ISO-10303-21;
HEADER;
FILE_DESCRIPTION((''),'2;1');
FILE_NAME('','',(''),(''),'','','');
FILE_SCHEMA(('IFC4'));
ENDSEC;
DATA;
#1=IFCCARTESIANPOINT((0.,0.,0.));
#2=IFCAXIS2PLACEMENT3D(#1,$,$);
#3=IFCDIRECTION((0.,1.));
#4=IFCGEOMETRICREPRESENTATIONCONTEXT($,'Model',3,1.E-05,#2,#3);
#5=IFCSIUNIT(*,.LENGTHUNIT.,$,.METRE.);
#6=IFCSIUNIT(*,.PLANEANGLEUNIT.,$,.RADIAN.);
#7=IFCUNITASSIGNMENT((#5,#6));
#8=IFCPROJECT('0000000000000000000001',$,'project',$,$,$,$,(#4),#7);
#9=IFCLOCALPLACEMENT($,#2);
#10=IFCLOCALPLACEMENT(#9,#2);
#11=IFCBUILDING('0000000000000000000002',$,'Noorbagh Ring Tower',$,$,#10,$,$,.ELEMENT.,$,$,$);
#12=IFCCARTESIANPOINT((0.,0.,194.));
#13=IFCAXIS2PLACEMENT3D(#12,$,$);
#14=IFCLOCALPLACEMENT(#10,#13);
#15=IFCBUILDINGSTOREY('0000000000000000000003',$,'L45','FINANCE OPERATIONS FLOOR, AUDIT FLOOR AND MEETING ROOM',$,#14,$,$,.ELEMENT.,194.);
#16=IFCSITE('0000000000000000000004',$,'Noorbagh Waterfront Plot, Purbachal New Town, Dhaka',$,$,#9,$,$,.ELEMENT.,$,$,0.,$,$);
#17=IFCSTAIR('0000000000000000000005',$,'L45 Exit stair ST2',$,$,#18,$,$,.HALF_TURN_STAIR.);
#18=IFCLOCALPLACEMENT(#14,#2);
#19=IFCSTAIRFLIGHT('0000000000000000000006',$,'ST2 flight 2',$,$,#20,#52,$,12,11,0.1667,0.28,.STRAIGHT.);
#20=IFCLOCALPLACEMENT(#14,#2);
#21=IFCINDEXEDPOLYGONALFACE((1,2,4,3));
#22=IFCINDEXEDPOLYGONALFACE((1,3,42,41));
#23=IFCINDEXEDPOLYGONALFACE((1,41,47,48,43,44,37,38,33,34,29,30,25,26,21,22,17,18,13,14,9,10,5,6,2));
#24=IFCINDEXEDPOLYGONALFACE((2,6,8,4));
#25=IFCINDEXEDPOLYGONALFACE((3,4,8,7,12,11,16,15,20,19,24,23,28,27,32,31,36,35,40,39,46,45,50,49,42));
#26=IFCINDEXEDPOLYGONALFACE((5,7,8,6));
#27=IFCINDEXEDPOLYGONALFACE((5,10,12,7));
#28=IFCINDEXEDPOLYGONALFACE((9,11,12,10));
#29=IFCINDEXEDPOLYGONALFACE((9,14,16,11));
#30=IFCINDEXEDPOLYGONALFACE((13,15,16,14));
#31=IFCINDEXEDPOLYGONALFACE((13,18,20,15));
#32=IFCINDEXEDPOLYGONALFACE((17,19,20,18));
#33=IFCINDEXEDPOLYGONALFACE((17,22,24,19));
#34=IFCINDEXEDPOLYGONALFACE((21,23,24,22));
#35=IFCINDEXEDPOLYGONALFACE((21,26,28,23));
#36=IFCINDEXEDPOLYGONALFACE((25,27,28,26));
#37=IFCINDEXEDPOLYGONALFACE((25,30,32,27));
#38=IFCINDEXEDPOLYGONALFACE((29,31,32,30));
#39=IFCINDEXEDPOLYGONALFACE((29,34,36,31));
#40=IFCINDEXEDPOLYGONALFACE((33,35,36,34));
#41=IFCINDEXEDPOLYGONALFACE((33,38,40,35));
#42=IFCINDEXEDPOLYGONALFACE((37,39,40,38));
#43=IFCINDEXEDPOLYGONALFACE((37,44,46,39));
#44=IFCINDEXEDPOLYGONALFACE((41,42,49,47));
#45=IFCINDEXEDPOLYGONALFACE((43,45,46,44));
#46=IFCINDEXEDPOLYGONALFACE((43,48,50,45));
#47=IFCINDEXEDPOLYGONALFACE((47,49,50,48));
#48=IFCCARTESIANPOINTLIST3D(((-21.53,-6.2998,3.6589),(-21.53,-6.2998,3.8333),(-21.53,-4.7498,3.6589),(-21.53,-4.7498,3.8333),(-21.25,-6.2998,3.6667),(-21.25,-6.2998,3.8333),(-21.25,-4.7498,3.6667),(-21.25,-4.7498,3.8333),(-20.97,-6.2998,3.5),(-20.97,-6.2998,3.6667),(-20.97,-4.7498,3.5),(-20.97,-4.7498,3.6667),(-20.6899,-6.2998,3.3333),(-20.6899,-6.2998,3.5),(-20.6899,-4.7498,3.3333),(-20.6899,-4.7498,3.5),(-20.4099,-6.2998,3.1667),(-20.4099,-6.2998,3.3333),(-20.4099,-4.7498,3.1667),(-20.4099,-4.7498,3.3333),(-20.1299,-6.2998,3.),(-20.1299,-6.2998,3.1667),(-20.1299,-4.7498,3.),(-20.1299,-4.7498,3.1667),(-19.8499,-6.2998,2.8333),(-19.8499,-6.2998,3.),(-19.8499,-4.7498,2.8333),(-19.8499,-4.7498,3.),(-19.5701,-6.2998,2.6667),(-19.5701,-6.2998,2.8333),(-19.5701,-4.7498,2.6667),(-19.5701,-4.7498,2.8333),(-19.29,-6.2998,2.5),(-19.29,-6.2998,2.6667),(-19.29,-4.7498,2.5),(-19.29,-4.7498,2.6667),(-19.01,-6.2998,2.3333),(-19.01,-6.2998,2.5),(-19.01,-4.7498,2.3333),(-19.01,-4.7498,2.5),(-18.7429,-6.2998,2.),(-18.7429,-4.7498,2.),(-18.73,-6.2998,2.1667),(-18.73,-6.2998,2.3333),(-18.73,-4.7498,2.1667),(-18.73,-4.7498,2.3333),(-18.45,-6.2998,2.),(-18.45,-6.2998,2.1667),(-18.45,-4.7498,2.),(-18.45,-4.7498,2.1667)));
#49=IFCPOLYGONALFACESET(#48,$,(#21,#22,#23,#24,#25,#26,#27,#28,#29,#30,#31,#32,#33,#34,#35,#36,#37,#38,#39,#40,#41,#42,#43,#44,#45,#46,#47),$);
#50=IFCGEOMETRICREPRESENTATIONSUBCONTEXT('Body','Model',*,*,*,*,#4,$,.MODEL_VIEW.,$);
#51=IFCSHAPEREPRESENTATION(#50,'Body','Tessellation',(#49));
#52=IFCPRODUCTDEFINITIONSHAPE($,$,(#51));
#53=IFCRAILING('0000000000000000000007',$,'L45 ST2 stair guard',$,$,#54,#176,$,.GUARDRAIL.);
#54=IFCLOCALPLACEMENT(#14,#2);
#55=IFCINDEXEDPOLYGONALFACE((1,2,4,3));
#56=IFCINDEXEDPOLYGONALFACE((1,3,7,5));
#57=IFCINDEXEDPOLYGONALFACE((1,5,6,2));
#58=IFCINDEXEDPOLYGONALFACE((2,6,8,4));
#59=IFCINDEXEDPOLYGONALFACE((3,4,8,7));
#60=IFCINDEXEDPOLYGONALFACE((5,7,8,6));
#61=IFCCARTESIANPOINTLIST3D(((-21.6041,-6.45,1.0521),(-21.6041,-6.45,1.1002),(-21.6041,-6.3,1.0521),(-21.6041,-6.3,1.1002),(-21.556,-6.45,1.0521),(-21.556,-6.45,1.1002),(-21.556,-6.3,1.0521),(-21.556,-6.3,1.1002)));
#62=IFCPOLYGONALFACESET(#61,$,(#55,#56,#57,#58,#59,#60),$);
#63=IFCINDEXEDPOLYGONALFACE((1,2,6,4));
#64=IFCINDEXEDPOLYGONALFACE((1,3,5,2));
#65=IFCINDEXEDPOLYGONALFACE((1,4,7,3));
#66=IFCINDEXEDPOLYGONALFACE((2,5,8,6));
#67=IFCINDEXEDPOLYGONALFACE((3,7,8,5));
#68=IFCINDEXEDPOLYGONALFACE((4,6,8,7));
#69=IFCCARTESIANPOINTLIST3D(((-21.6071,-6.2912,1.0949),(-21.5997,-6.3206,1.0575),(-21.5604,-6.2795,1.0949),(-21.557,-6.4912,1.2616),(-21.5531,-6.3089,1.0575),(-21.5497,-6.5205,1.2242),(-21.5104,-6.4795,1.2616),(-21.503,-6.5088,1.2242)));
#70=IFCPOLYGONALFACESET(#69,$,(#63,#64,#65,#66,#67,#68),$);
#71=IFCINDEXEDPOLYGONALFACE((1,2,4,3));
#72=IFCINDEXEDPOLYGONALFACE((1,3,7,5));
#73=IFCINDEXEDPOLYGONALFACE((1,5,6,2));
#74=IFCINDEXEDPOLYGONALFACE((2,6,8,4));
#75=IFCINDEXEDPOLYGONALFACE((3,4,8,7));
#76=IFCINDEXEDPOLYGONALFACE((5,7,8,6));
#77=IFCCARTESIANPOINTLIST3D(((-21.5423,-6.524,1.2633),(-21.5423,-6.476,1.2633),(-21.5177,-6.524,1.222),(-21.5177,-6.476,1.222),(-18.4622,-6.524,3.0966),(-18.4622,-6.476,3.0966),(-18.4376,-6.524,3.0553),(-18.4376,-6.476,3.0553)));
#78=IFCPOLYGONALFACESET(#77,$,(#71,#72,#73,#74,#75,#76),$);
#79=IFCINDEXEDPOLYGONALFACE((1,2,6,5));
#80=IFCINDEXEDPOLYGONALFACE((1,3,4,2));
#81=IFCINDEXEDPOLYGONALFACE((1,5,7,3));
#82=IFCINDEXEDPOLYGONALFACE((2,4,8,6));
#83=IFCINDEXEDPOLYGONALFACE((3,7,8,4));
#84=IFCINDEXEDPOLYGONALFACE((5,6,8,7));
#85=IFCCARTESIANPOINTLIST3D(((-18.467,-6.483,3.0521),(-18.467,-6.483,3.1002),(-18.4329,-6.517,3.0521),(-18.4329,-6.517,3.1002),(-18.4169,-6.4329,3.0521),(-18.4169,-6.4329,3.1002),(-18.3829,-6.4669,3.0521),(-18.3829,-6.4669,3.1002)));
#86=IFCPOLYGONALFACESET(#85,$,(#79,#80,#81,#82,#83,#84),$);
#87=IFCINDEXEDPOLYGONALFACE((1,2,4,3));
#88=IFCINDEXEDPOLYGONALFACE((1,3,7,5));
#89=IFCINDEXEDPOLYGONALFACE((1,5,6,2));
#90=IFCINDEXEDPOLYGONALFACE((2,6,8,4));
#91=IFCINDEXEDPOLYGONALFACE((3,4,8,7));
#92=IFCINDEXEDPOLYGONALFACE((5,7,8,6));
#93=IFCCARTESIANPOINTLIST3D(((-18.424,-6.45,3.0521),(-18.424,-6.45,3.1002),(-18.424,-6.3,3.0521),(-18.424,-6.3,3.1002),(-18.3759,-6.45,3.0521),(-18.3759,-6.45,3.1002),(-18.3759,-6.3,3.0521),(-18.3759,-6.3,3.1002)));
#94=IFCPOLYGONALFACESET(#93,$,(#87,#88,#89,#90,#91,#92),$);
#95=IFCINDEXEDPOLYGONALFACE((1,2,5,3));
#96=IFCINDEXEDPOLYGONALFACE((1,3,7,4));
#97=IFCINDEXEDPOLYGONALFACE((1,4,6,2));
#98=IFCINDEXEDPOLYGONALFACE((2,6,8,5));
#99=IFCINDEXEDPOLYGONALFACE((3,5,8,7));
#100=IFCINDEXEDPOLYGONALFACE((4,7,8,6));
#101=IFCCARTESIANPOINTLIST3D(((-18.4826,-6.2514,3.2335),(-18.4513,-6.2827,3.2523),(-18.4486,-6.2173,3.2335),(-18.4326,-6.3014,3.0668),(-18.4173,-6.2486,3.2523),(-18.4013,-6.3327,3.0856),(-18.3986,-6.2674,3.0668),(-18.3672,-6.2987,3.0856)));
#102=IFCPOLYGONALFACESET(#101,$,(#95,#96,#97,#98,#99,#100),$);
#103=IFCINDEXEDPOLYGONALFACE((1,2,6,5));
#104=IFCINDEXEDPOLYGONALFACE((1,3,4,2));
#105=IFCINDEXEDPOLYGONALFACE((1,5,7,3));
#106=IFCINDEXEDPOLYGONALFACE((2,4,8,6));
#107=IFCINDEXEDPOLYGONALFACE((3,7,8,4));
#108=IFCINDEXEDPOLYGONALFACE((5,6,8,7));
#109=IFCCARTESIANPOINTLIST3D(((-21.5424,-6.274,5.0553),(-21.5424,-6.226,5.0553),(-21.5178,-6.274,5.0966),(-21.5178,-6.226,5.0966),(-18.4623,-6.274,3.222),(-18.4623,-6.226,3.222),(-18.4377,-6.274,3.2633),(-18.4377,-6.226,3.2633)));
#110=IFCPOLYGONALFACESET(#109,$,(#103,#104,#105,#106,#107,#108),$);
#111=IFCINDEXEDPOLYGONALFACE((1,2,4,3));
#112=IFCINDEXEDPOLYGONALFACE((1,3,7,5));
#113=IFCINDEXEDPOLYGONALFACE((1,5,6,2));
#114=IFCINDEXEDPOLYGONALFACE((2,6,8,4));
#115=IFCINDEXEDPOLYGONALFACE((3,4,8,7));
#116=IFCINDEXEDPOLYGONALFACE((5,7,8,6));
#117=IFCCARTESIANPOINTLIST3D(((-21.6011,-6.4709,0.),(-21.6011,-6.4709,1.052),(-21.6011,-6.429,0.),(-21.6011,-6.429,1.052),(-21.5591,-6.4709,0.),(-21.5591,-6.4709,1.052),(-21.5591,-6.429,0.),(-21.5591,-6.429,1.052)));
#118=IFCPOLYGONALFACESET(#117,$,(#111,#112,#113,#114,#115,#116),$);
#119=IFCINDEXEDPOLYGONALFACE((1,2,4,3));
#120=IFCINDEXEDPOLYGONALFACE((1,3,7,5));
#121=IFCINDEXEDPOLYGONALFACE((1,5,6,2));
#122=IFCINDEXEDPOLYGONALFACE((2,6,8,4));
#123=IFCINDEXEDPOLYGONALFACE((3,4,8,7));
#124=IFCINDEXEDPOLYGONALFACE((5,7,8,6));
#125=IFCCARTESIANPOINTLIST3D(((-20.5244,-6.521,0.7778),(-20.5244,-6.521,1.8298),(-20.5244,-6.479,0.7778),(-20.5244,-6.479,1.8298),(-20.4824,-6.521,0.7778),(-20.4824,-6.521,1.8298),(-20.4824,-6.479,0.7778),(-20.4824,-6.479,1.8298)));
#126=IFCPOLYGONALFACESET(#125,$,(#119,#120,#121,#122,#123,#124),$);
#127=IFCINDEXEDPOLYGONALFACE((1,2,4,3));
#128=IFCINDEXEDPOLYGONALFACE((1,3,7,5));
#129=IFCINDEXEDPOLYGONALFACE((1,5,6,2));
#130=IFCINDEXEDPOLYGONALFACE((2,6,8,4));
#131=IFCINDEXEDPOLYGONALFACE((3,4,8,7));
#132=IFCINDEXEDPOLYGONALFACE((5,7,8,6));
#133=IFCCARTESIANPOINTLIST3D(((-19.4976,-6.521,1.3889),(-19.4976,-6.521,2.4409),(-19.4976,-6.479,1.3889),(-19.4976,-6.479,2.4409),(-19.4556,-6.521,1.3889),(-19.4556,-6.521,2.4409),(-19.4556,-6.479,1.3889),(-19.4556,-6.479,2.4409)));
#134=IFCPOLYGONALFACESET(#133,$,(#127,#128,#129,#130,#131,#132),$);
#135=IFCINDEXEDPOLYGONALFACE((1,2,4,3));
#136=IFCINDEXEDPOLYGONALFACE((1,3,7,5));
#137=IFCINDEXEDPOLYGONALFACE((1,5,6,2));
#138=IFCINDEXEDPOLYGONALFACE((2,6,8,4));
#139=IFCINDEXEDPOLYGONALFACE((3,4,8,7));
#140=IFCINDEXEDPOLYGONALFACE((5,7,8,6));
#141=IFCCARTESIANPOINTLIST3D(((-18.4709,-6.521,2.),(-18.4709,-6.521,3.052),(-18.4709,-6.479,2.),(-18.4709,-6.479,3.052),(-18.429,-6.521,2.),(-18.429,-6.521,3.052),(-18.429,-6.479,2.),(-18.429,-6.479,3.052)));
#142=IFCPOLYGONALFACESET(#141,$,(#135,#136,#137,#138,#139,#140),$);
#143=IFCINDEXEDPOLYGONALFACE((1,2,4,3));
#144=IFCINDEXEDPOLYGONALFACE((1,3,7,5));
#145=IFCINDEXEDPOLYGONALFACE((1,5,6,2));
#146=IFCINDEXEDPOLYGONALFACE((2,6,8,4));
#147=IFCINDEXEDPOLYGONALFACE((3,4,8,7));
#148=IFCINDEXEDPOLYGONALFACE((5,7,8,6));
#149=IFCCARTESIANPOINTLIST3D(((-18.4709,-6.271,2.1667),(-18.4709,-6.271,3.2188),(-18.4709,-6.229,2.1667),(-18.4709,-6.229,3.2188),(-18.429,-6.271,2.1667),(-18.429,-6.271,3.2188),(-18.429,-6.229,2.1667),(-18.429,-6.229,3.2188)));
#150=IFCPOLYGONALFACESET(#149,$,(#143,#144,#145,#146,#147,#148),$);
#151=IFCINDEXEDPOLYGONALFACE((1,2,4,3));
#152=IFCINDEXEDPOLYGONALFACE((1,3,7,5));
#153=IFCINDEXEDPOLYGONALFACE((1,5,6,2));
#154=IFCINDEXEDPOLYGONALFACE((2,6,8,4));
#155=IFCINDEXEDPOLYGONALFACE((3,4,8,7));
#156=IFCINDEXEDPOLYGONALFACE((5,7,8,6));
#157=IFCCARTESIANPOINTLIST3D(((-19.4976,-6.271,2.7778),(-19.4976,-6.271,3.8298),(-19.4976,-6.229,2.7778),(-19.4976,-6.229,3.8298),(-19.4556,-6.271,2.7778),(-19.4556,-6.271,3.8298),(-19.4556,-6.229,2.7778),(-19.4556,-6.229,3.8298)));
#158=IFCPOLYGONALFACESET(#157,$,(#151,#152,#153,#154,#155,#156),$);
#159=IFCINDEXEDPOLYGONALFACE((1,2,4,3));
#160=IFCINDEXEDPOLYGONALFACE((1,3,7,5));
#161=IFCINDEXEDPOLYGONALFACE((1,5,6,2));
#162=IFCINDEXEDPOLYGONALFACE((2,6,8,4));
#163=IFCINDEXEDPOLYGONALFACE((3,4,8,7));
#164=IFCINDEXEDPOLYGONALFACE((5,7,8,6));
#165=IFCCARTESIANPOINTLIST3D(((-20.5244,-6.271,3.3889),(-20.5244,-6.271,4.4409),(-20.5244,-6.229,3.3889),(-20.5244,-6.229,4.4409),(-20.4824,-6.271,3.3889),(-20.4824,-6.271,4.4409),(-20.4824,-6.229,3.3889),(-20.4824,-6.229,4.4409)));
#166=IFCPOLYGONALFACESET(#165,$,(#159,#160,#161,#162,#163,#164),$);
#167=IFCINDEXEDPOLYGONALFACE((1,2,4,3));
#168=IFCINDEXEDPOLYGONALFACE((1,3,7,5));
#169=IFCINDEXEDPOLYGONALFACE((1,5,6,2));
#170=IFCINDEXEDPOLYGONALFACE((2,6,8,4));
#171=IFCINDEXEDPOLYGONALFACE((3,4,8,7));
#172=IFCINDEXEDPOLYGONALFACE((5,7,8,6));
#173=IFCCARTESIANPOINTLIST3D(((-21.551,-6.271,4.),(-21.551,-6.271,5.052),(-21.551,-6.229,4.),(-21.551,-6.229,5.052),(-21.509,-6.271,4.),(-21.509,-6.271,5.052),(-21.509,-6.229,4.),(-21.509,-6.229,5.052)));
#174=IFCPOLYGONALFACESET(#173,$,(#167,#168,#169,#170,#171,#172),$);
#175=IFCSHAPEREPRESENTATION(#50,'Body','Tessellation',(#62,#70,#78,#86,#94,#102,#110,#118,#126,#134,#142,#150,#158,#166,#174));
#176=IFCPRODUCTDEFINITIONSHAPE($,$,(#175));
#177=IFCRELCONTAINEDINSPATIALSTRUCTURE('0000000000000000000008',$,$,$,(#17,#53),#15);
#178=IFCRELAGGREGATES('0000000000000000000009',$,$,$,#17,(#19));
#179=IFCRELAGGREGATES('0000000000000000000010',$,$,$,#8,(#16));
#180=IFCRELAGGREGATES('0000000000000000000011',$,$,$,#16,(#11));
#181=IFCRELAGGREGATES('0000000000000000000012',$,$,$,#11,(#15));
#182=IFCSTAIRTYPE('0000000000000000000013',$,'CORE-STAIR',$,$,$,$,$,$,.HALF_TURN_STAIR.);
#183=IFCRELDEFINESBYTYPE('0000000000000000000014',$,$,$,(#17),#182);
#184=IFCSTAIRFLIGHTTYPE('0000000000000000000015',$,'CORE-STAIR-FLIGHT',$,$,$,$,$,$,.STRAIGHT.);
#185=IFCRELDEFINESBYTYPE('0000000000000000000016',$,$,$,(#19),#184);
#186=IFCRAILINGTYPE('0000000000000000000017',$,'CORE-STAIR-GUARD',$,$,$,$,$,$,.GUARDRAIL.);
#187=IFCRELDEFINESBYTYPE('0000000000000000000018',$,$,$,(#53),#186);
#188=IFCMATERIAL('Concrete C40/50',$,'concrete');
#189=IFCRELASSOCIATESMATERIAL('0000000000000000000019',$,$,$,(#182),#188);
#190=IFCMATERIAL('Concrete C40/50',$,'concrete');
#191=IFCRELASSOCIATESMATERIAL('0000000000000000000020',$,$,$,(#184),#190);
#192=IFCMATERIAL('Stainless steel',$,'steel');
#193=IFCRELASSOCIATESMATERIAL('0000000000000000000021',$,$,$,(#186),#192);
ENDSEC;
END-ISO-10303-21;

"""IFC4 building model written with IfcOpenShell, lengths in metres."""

from ifc_helpers import new_model, si_unit, direction, frame, origin, origin_2d, place, context, subcontext, project, spatial, polyline, rectangle, outline, extrude, material, type_object, element, aggregate, save


model = new_model("IFC4")

# Units and contexts
model_context = context("Model", 3, precision=1e-05, world=origin(), true_north=direction((0.0, 1.0)))
body_context = subcontext(model_context, "Body", "Model", "MODEL_VIEW")
ifc_project = project(units=[si_unit("LENGTHUNIT", "METRE"), si_unit("PLANEANGLEUNIT", "RADIAN")], contexts=[model_context])

# Site, building, storey
site_placement = place(None, origin())
site = spatial("IfcSite", under=ifc_project, at=site_placement, Name="Noorbagh Waterfront Plot, Purbachal New Town, Dhaka", CompositionType="ELEMENT", RefElevation=0.0)
building_placement = place(site_placement, origin())
building = spatial("IfcBuilding", under=site, at=building_placement, Name="Noorbagh Ring Tower", CompositionType="ELEMENT")
storey_placement = place(building_placement, frame((0.0, 0.0, 194.0)))
storey = spatial("IfcBuildingStorey", under=building, at=storey_placement, Name="L45", Description="FINANCE OPERATIONS FLOOR, AUDIT FLOOR AND MEETING ROOM", CompositionType="ELEMENT", Elevation=194.0)

# Stair, stair flight
ifc_material_1 = material(Name="Concrete C40/50", Category="concrete")
stair_type = type_object("IfcStairType", Name="CORE-STAIR", PredefinedType="HALF_TURN_STAIR", material=ifc_material_1)
stair_placement = place(storey_placement, origin())
stair = element("IfcStair", 1, at=stair_placement, inside=storey, type_object=stair_type, Name="L45 Exit stair ST2", PredefinedType="HALF_TURN_STAIR")
ifc_material_2 = material(Name="Concrete C40/50", Category="concrete")
stair_flight_type = type_object("IfcStairFlightType", Name="CORE-STAIR-FLIGHT", PredefinedType="STRAIGHT", material=ifc_material_2)
stair_flight_1_placement = place(storey_placement, frame((-18.45, -5.5249, 2.0), z_axis=(0.0, 0.0, 1.0), x_axis=(-1.0, 0.0, 0.0)))
stair_flight_1 = element("IfcStairFlight", 2, at=stair_flight_1_placement, type_object=stair_flight_type, Name="ST2 flight 2", NumberOfRisers=12, NumberOfTreads=11, PredefinedType="STRAIGHT", RiserHeight=0.1667, TreadLength=0.28, context=body_context, shape_type="SweptSolid", body=[
    extrude(outline(polyline([(0.0, 0.0), (0.0, 0.1667), (0.28, 0.1667), (0.28, 0.3333), (0.5601, 0.3333), (0.5601, 0.5), (0.8401, 0.5), (0.8401, 0.6667), (1.1201, 0.6667), (1.1201, 0.8333), (1.3999, 0.8333), (1.3999, 1.0), (1.6799, 1.0), (1.6799, 1.1667), (1.96, 1.1667), (1.96, 1.3333), (2.24, 1.3333), (2.24, 1.5), (2.52, 1.5), (2.52, 1.6667), (2.8, 1.6667), (2.8, 1.8333), (3.0801, 1.8333), (3.0801, 2.0), (3.0801, 1.6589), (0.293, 0.0), (0.0, 0.0)])), frame((0.0, 0.7749, 0.0), z_axis=(0.0, -1.0, 0.0), x_axis=(1.0, 0.0, 0.0)), (0.0, 0.0, 1.0), 1.55),
])
aggregate(stair, [stair_flight_1])

# Railing
ifc_material_3 = material(Name="Stainless steel", Category="steel")
railing_type_1 = type_object("IfcRailingType", Name="CORE-STAIR-GUARD", PredefinedType="GUARDRAIL", material=ifc_material_3)
railing_1_placement = place(storey_placement, frame((-21.5801, -6.45, 0.0)))
element("IfcRailing", 3, at=railing_1_placement, inside=storey, type_object=railing_type_1, Name="L45 ST2 stair guard", PredefinedType="GUARDRAIL", context=body_context, shape_type="SweptSolid", body=[
    extrude(rectangle(XDim=0.0481, YDim=0.0481, at=origin_2d()), frame((0.0, 0.0, 1.0762), z_axis=(0.0, 1.0, 0.0), x_axis=(-1.0, 0.0, 0.0)), (0.0, 0.0, 1.0), 0.1499),
    extrude(rectangle(XDim=0.0481, YDim=0.0481, at=origin_2d()), frame((0.0, 0.1499, 1.0762), z_axis=(0.188776, -0.754182, 0.628946), x_axis=(0.970073, 0.242814, 0.0)), (0.0, 0.0, 1.0), 0.2651),
    extrude(rectangle(XDim=0.0481, YDim=0.0481, at=origin_2d()), frame((0.05, -0.05, 1.2427), z_axis=(0.859309, 0.0, 0.511458), x_axis=(0.0, 1.0, 0.0)), (0.0, 0.0, 1.0), 3.5845),
    extrude(rectangle(XDim=0.0481, YDim=0.0481, at=origin_2d()), frame((3.1301, -0.05, 3.0762), z_axis=(0.707107, 0.707107, 0.0), x_axis=(-0.707107, 0.707107, 0.0)), (0.0, 0.0, 1.0), 0.0708),
    extrude(rectangle(XDim=0.0481, YDim=0.0481, at=origin_2d()), frame((3.1802, 0.0, 3.0762), z_axis=(0.0, 1.0, 0.0), x_axis=(-1.0, 0.0, 0.0)), (0.0, 0.0, 1.0), 0.1499),
    extrude(rectangle(XDim=0.0481, YDim=0.0481, at=origin_2d()), frame((3.1802, 0.1499, 3.0762), z_axis=(-0.276287, 0.276287, 0.920506), x_axis=(-0.707107, -0.707107, 0.0)), (0.0, 0.0, 1.0), 0.1812),
    extrude(rectangle(XDim=0.0481, YDim=0.0481, at=origin_2d()), frame((3.1301, 0.2, 3.2427), z_axis=(-0.859309, 0.0, 0.511458), x_axis=(0.0, -1.0, 0.0)), (0.0, 0.0, 1.0), 3.5845),
    extrude(rectangle(XDim=0.042, YDim=0.042, at=origin_2d()), origin(), (0.0, 0.0, 1.0), 1.052),
    extrude(rectangle(XDim=0.042, YDim=0.042, at=origin_2d()), frame((1.0767, -0.05, 0.7778)), (0.0, 0.0, 1.0), 1.052),
    extrude(rectangle(XDim=0.042, YDim=0.042, at=origin_2d()), frame((2.1035, -0.05, 1.3889)), (0.0, 0.0, 1.0), 1.052),
    extrude(rectangle(XDim=0.042, YDim=0.042, at=origin_2d()), frame((3.1301, -0.05, 2.0)), (0.0, 0.0, 1.0), 1.052),
    extrude(rectangle(XDim=0.042, YDim=0.042, at=origin_2d()), frame((3.1301, 0.2, 2.1667)), (0.0, 0.0, 1.0), 1.052),
    extrude(rectangle(XDim=0.042, YDim=0.042, at=origin_2d()), frame((2.1035, 0.2, 2.7778)), (0.0, 0.0, 1.0), 1.052),
    extrude(rectangle(XDim=0.042, YDim=0.042, at=origin_2d()), frame((1.0767, 0.2, 3.3889)), (0.0, 0.0, 1.0), 1.052),
    extrude(rectangle(XDim=0.042, YDim=0.042, at=origin_2d()), frame((0.05, 0.2, 4.0)), (0.0, 0.0, 1.0), 1.052),
])

save(model, "model.ifc")
